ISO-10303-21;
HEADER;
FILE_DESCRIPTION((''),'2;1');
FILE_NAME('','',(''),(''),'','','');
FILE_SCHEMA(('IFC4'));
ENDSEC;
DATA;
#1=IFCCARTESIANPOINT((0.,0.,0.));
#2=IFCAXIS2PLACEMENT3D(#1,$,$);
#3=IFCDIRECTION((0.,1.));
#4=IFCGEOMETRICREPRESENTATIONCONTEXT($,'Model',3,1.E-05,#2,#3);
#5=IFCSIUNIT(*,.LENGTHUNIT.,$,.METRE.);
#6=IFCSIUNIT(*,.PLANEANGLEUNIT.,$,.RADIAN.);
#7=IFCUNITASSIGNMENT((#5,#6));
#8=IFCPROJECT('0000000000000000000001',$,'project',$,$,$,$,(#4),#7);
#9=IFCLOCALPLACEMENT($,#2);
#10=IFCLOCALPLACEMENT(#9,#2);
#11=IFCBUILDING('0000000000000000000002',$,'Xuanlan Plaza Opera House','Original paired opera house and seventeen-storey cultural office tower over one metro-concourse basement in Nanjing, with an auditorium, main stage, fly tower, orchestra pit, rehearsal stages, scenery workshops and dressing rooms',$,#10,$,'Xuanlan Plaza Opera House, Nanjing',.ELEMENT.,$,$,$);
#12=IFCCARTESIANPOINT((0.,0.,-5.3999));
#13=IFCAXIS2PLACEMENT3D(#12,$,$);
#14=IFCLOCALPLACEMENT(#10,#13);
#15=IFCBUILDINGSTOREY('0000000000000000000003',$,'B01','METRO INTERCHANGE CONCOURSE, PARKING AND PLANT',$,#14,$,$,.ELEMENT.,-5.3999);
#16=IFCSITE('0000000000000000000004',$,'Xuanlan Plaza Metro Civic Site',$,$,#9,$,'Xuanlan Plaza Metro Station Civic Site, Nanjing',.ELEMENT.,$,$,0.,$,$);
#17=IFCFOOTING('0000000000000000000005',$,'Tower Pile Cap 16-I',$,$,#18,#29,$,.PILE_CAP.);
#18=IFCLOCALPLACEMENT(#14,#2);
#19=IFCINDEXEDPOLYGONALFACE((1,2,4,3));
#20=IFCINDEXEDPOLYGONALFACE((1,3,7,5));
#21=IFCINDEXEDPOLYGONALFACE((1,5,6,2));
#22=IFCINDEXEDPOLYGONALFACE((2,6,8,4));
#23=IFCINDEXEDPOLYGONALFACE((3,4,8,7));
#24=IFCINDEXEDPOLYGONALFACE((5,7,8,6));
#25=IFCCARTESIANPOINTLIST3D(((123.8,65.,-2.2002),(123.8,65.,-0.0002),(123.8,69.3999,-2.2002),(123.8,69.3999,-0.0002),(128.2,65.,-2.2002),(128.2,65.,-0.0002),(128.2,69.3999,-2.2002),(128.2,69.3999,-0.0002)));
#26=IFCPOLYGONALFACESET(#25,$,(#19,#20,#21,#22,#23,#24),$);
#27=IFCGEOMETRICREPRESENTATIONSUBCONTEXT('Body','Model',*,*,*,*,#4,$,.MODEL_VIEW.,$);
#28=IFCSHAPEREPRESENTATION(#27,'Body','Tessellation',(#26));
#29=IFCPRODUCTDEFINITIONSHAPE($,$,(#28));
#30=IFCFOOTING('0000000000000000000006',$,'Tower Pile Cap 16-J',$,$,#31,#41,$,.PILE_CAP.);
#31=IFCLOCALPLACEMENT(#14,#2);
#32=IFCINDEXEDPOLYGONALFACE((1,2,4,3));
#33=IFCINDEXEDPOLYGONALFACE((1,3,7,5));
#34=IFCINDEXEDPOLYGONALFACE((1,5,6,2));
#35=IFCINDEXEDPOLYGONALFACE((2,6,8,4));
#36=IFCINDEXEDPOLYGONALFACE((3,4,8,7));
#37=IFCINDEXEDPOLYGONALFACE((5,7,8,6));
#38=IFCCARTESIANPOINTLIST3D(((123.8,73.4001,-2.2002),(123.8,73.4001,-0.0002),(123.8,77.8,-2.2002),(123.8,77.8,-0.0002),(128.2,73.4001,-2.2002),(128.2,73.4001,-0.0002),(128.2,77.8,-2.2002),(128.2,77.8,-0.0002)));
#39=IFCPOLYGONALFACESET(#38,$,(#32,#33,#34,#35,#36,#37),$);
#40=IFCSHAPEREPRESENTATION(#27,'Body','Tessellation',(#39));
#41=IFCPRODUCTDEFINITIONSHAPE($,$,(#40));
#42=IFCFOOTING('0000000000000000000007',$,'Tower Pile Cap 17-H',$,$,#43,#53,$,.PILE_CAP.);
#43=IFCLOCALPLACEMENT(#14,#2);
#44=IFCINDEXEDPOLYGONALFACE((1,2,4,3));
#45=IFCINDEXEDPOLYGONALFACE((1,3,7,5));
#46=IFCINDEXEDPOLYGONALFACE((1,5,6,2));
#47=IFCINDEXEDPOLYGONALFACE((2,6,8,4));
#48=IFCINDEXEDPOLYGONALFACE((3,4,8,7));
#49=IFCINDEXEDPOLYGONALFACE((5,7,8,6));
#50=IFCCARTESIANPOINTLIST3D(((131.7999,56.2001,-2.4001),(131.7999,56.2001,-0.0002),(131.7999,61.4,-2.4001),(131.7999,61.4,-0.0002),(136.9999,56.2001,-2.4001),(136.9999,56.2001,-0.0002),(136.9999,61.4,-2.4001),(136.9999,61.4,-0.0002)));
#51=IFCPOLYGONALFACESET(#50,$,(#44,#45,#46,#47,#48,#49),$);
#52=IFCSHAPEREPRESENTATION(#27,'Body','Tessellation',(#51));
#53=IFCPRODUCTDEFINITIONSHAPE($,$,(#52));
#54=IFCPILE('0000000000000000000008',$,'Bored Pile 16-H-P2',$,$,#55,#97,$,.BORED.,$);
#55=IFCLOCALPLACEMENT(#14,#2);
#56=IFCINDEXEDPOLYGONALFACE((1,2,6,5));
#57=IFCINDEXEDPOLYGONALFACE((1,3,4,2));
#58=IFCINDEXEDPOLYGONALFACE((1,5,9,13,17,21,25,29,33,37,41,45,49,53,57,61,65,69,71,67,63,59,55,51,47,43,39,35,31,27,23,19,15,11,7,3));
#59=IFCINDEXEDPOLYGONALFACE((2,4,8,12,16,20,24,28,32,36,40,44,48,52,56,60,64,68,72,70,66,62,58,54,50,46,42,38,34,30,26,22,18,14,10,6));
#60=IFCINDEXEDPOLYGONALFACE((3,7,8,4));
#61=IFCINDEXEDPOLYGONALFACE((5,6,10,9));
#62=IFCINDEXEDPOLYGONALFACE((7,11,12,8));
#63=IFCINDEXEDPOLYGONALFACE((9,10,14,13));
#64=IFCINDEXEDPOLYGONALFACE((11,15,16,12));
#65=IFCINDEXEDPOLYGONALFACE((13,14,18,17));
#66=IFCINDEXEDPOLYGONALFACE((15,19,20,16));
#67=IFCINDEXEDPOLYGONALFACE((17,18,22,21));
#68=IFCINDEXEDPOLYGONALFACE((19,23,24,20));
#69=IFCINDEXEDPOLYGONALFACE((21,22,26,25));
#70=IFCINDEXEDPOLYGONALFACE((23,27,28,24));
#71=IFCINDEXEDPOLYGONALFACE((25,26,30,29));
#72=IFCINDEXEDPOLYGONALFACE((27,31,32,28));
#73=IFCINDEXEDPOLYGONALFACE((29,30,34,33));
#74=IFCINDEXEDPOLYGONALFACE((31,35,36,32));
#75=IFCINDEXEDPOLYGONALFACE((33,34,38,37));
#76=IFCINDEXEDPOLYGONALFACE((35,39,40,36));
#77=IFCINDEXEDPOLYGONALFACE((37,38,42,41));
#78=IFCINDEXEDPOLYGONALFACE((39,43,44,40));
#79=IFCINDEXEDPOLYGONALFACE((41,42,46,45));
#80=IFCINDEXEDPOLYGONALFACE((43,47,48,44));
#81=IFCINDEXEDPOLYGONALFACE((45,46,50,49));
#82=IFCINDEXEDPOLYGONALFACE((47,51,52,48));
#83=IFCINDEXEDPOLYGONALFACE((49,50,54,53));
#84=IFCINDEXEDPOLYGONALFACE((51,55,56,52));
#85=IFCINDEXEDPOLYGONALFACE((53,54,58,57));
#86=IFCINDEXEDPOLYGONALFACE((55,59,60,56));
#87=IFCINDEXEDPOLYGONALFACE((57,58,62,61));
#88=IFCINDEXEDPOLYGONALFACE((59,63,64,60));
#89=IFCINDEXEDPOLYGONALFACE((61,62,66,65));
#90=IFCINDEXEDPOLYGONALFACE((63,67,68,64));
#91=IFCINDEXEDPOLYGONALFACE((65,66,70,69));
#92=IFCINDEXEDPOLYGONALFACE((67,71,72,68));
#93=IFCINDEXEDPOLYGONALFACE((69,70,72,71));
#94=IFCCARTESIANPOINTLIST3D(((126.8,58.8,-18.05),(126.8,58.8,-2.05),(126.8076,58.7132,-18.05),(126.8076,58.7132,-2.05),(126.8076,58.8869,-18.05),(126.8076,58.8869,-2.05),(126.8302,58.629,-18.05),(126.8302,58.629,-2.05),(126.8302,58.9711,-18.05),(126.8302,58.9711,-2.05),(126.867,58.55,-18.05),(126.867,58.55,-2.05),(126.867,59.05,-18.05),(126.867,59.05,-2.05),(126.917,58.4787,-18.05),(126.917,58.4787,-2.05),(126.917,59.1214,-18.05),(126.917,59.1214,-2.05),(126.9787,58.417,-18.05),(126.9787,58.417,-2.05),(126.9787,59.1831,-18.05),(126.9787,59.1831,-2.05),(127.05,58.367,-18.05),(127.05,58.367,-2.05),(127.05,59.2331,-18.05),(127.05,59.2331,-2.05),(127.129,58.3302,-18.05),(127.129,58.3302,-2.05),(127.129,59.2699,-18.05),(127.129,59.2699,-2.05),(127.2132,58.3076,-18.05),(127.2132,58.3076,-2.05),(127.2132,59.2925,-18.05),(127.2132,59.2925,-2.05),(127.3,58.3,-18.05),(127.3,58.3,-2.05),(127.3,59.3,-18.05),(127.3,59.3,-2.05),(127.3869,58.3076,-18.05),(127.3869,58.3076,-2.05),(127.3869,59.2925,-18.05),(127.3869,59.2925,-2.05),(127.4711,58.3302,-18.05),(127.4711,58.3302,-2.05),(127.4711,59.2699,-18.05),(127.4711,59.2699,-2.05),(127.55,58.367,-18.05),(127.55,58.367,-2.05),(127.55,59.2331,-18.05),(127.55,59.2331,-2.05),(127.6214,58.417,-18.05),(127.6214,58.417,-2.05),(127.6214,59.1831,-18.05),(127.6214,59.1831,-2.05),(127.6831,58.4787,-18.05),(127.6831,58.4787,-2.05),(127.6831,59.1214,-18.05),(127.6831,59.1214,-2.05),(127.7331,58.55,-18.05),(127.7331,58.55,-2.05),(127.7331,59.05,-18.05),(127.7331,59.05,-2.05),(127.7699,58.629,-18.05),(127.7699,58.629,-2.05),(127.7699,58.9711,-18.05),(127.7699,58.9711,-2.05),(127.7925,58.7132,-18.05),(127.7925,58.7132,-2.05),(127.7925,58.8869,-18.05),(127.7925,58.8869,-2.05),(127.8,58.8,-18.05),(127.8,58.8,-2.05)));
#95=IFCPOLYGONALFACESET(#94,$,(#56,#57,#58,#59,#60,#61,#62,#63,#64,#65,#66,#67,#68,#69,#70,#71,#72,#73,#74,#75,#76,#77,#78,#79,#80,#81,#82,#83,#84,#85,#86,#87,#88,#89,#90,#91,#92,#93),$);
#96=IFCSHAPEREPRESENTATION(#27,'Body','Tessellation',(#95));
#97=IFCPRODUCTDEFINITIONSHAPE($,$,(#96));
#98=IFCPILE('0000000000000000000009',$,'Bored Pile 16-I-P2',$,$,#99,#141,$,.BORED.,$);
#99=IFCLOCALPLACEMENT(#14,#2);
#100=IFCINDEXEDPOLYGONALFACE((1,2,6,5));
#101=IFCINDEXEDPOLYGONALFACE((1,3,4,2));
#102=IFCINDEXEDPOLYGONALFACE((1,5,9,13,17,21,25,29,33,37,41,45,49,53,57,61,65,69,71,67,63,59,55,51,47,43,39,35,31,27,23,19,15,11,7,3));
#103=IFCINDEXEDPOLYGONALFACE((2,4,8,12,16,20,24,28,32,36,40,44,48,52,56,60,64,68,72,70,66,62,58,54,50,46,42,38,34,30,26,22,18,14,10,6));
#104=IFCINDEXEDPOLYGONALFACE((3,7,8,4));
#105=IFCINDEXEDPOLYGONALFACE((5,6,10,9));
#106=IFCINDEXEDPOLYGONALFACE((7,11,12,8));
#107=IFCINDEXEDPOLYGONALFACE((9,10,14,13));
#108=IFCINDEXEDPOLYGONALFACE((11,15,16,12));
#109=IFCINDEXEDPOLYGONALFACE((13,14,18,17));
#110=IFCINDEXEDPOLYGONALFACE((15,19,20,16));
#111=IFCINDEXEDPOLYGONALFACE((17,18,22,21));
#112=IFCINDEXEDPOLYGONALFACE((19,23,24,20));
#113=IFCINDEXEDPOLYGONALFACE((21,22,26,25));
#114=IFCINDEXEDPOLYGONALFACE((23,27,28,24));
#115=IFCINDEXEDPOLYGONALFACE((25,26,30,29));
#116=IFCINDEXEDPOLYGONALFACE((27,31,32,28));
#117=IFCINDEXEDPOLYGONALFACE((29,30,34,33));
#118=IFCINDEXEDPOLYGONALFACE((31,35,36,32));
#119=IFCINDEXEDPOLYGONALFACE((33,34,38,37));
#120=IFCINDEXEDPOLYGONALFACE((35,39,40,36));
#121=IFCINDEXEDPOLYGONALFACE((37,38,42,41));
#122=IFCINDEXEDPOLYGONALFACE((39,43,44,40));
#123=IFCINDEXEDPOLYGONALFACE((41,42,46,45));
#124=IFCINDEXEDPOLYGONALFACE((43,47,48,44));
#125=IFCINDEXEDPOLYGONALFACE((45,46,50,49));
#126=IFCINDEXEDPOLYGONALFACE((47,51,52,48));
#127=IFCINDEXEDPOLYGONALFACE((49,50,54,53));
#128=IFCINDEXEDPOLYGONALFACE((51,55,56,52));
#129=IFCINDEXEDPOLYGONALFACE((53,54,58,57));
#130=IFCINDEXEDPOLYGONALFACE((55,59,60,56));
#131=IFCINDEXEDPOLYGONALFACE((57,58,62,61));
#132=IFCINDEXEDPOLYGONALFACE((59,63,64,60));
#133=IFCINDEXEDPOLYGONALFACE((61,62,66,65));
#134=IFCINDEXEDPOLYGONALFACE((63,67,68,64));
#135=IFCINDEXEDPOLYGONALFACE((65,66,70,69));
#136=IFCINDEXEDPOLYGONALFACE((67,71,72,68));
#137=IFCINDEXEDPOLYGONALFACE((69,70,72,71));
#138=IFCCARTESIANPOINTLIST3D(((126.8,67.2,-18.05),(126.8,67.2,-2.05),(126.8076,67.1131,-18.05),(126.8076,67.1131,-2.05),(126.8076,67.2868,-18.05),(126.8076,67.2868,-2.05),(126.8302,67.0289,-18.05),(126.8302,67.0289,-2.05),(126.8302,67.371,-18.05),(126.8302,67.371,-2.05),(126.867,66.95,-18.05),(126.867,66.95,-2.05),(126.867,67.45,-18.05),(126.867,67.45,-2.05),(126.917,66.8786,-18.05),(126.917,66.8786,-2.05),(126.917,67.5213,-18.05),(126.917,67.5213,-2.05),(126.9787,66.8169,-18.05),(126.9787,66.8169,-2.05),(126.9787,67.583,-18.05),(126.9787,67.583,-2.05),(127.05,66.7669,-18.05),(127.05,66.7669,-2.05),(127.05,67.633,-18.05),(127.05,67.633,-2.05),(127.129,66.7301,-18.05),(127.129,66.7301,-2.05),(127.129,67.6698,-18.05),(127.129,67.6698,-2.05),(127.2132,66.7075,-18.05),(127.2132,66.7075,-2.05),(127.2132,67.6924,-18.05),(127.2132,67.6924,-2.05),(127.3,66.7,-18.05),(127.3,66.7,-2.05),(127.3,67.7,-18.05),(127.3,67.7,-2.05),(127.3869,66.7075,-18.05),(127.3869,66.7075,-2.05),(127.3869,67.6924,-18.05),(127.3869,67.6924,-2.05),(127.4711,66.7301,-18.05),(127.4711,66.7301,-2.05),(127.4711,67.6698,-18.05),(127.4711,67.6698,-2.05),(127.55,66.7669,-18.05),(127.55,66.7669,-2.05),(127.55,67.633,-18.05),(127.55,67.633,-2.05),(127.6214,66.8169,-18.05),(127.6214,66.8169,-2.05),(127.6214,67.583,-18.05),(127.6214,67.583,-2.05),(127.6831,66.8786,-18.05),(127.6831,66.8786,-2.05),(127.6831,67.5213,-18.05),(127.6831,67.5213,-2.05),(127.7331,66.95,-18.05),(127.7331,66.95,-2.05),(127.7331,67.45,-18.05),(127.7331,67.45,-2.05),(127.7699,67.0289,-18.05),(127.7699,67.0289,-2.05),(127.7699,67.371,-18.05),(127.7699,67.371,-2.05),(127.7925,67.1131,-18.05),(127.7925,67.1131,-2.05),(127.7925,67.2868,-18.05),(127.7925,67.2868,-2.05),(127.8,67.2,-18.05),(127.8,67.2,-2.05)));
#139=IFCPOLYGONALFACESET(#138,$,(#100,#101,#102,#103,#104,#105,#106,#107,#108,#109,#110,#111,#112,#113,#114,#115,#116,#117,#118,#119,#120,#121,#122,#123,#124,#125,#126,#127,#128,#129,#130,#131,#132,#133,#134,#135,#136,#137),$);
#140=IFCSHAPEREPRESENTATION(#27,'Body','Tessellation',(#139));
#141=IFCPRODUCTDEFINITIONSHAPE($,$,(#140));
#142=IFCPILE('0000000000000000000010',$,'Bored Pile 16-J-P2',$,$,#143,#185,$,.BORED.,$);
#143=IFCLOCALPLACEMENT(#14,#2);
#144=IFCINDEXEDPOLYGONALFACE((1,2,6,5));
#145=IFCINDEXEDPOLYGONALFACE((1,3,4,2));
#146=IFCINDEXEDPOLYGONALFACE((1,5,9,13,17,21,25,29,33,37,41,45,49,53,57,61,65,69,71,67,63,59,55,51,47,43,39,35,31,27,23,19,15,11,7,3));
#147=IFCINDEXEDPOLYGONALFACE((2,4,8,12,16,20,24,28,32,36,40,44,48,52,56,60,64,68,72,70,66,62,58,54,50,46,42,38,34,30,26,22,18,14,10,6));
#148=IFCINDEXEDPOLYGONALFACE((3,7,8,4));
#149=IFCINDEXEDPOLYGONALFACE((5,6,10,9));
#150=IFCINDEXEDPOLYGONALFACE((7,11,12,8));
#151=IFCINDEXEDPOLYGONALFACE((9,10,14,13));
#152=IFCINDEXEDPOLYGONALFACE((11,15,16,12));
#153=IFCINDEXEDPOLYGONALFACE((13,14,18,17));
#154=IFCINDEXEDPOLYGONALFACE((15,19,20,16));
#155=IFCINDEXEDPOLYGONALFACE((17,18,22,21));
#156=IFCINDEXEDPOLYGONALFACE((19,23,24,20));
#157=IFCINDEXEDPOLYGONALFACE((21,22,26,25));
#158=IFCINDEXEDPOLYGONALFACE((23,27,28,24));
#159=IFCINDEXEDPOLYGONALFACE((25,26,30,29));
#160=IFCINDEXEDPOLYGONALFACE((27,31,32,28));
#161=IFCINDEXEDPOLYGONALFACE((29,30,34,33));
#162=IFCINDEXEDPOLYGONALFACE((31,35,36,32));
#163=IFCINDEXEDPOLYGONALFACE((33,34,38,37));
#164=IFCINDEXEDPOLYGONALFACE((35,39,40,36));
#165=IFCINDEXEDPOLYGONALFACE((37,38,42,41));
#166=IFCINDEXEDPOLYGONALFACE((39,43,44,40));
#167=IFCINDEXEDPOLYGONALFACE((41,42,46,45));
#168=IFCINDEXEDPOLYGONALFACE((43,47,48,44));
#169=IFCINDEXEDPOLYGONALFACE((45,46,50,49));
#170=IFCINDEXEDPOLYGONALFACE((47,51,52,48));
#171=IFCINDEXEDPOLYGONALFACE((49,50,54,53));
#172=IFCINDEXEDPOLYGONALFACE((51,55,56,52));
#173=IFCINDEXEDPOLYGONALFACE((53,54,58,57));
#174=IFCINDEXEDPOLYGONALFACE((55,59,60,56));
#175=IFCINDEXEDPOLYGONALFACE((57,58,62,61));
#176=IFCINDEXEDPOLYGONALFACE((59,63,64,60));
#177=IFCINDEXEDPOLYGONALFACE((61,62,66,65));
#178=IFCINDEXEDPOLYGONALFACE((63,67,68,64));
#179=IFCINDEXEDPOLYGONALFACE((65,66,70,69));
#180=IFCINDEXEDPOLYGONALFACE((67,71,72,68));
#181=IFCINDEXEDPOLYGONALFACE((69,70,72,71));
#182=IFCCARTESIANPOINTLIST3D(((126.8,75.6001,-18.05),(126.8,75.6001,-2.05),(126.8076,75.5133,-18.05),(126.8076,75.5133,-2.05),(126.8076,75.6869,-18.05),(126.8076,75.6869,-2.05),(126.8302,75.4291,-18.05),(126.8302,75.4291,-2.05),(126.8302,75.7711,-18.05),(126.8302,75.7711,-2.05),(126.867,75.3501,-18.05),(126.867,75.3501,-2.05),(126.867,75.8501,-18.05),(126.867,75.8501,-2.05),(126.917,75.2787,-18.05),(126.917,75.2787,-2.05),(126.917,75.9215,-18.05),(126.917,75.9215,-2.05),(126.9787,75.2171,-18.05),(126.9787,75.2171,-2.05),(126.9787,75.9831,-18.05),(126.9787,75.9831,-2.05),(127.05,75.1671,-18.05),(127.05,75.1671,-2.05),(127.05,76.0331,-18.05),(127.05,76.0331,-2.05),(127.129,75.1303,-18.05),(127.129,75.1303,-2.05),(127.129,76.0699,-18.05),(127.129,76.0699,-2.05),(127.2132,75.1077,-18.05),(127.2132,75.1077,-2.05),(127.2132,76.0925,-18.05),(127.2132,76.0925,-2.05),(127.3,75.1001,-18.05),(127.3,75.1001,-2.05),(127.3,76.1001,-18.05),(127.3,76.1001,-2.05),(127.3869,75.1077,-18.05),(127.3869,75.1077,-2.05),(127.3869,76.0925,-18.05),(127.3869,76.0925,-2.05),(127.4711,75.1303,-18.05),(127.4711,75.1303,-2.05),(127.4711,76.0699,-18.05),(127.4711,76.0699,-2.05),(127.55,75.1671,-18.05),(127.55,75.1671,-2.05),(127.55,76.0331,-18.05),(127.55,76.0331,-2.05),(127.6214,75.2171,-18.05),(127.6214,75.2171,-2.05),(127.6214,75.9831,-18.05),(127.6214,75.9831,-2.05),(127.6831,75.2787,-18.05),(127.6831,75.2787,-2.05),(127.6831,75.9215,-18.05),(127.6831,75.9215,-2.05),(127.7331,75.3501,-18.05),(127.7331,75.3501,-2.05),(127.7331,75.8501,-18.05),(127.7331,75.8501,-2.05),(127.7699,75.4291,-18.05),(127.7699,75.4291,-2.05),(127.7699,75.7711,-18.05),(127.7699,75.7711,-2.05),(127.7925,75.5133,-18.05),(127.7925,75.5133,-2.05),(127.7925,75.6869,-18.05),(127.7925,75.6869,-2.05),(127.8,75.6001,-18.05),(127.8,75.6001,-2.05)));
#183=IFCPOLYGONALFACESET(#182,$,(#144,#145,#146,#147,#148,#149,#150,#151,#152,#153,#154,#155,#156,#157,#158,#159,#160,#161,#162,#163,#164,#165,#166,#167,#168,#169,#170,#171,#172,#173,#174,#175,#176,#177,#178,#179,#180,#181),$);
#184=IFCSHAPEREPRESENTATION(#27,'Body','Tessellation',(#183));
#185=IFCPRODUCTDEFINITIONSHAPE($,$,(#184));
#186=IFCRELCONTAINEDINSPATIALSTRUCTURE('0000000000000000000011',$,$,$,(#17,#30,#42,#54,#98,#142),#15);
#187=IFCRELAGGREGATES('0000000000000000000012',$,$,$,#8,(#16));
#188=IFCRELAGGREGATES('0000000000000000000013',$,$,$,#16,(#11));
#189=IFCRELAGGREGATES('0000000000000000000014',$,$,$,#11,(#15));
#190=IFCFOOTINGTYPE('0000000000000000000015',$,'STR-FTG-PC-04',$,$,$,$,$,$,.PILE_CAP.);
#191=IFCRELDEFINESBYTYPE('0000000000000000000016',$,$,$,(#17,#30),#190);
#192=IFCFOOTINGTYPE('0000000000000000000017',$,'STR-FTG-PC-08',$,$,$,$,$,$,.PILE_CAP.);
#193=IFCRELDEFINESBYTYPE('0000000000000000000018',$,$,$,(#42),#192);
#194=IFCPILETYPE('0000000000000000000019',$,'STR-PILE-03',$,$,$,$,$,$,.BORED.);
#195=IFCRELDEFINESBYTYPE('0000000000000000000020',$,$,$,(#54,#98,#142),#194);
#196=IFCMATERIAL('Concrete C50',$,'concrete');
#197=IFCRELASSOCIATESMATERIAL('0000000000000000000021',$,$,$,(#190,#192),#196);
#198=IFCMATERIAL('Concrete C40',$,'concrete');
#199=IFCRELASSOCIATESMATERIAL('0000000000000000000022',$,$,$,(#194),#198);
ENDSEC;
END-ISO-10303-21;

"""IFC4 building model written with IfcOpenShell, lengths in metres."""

from ifc_helpers import new_model, si_unit, direction, frame, origin, origin_2d, place, context, subcontext, project, spatial, rectangle, circle, extrude, material, material_profile, profile_set, type_object, element, save


model = new_model("IFC4")

# Units and contexts
model_context = context("Model", 3, precision=1e-05, world=origin(), true_north=direction((0.0, 1.0)))
body_context = subcontext(model_context, "Body", "Model", "MODEL_VIEW")
ifc_project = project(units=[si_unit("LENGTHUNIT", "METRE"), si_unit("PLANEANGLEUNIT", "RADIAN")], contexts=[model_context])

# Site, building, storey
site_placement = place(None, origin())
site = spatial("IfcSite", under=ifc_project, at=site_placement, Name="Xuanlan Plaza Metro Civic Site", LongName="Xuanlan Plaza Metro Station Civic Site, Nanjing", CompositionType="ELEMENT", RefElevation=0.0)
building_placement = place(site_placement, origin())
building = spatial("IfcBuilding", under=site, at=building_placement, Name="Xuanlan Plaza Opera House", Description="Original paired opera house and seventeen-storey cultural office tower over one metro-concourse basement in Nanjing, with an auditorium, main stage, fly tower, orchestra pit, rehearsal stages, scenery workshops and dressing rooms", LongName="Xuanlan Plaza Opera House, Nanjing", CompositionType="ELEMENT")
storey_placement = place(building_placement, frame((0.0, 0.0, -5.3999)))
storey = spatial("IfcBuildingStorey", under=building, at=storey_placement, Name="B01", Description="METRO INTERCHANGE CONCOURSE, PARKING AND PLANT", CompositionType="ELEMENT", Elevation=-5.3999)

# Footings
ifc_material_1 = material(Name="Concrete C50", Category="concrete")
footing_type_1 = type_object("IfcFootingType", Name="STR-FTG-PC-04", PredefinedType="PILE_CAP", material=ifc_material_1)
for number, where, z_axis, x_axis, name in (
    (1, (126.0, 67.2, -2.2002), (0.0, 0.0, 1.0), (1.0, 0.0, 0.0), "Tower Pile Cap 16-I"),
    (2, (126.0, 75.6001, -2.2002), (0.0, 0.0, 1.0), (1.0, 0.0, 0.0), "Tower Pile Cap 16-J"),
):
    element("IfcFooting", number, at=place(storey_placement, frame(where, z_axis=z_axis, x_axis=x_axis)), inside=storey, type_object=footing_type_1, Name=name, PredefinedType="PILE_CAP", context=body_context, shape_type="SweptSolid", body=[
        extrude(rectangle(XDim=4.3999, YDim=4.3999, at=origin_2d()), origin(), (0.0, 0.0, 1.0), 2.2),
    ])
footing_type_2 = type_object("IfcFootingType", Name="STR-FTG-PC-08", PredefinedType="PILE_CAP", material=ifc_material_1)
footing_placement = place(storey_placement, frame((134.3999, 58.8, -2.4001), z_axis=(0.0, 0.0, 1.0), x_axis=(1.0, 0.0, 0.0)))
element("IfcFooting", 3, at=footing_placement, inside=storey, type_object=footing_type_2, Name="Tower Pile Cap 17-H", PredefinedType="PILE_CAP", context=body_context, shape_type="SweptSolid", body=[
    extrude(rectangle(XDim=5.2, YDim=5.2, at=origin_2d()), origin(), (0.0, 0.0, 1.0), 2.3999),
])

# Piles
ifc_material_2 = material(Name="Concrete C40", Category="concrete")
ifc_material_profile_1 = material_profile(ifc_material_2, circle(Radius=0.5, at=origin_2d()), Name="PILE D1000")
ifc_profile_set_1 = profile_set([ifc_material_profile_1], Name="Concrete C40")
pile_type = type_object("IfcPileType", Name="STR-PILE-03", PredefinedType="BORED", material=ifc_profile_set_1)
for number, where, z_axis, x_axis, name in (
    (4, (127.3, 58.8, -2.05), (0.0, 0.0, -1.0), (1.0, 0.0, 0.0), "Bored Pile 16-H-P2"),
    (5, (127.3, 67.2, -2.05), (0.0, 0.0, -1.0), (1.0, 0.0, 0.0), "Bored Pile 16-I-P2"),
    (6, (127.3, 75.6001, -2.05), (0.0, 0.0, -1.0), (1.0, 0.0, 0.0), "Bored Pile 16-J-P2"),
):
    element("IfcPile", number, at=place(storey_placement, frame(where, z_axis=z_axis, x_axis=x_axis)), inside=storey, type_object=pile_type, Name=name, PredefinedType="BORED", context=body_context, shape_type="SweptSolid", body=[
        extrude(circle(Radius=0.5, at=origin_2d()), origin(), (0.0, 0.0, 1.0), 16.0),
    ])

save(model, "model.ifc")
